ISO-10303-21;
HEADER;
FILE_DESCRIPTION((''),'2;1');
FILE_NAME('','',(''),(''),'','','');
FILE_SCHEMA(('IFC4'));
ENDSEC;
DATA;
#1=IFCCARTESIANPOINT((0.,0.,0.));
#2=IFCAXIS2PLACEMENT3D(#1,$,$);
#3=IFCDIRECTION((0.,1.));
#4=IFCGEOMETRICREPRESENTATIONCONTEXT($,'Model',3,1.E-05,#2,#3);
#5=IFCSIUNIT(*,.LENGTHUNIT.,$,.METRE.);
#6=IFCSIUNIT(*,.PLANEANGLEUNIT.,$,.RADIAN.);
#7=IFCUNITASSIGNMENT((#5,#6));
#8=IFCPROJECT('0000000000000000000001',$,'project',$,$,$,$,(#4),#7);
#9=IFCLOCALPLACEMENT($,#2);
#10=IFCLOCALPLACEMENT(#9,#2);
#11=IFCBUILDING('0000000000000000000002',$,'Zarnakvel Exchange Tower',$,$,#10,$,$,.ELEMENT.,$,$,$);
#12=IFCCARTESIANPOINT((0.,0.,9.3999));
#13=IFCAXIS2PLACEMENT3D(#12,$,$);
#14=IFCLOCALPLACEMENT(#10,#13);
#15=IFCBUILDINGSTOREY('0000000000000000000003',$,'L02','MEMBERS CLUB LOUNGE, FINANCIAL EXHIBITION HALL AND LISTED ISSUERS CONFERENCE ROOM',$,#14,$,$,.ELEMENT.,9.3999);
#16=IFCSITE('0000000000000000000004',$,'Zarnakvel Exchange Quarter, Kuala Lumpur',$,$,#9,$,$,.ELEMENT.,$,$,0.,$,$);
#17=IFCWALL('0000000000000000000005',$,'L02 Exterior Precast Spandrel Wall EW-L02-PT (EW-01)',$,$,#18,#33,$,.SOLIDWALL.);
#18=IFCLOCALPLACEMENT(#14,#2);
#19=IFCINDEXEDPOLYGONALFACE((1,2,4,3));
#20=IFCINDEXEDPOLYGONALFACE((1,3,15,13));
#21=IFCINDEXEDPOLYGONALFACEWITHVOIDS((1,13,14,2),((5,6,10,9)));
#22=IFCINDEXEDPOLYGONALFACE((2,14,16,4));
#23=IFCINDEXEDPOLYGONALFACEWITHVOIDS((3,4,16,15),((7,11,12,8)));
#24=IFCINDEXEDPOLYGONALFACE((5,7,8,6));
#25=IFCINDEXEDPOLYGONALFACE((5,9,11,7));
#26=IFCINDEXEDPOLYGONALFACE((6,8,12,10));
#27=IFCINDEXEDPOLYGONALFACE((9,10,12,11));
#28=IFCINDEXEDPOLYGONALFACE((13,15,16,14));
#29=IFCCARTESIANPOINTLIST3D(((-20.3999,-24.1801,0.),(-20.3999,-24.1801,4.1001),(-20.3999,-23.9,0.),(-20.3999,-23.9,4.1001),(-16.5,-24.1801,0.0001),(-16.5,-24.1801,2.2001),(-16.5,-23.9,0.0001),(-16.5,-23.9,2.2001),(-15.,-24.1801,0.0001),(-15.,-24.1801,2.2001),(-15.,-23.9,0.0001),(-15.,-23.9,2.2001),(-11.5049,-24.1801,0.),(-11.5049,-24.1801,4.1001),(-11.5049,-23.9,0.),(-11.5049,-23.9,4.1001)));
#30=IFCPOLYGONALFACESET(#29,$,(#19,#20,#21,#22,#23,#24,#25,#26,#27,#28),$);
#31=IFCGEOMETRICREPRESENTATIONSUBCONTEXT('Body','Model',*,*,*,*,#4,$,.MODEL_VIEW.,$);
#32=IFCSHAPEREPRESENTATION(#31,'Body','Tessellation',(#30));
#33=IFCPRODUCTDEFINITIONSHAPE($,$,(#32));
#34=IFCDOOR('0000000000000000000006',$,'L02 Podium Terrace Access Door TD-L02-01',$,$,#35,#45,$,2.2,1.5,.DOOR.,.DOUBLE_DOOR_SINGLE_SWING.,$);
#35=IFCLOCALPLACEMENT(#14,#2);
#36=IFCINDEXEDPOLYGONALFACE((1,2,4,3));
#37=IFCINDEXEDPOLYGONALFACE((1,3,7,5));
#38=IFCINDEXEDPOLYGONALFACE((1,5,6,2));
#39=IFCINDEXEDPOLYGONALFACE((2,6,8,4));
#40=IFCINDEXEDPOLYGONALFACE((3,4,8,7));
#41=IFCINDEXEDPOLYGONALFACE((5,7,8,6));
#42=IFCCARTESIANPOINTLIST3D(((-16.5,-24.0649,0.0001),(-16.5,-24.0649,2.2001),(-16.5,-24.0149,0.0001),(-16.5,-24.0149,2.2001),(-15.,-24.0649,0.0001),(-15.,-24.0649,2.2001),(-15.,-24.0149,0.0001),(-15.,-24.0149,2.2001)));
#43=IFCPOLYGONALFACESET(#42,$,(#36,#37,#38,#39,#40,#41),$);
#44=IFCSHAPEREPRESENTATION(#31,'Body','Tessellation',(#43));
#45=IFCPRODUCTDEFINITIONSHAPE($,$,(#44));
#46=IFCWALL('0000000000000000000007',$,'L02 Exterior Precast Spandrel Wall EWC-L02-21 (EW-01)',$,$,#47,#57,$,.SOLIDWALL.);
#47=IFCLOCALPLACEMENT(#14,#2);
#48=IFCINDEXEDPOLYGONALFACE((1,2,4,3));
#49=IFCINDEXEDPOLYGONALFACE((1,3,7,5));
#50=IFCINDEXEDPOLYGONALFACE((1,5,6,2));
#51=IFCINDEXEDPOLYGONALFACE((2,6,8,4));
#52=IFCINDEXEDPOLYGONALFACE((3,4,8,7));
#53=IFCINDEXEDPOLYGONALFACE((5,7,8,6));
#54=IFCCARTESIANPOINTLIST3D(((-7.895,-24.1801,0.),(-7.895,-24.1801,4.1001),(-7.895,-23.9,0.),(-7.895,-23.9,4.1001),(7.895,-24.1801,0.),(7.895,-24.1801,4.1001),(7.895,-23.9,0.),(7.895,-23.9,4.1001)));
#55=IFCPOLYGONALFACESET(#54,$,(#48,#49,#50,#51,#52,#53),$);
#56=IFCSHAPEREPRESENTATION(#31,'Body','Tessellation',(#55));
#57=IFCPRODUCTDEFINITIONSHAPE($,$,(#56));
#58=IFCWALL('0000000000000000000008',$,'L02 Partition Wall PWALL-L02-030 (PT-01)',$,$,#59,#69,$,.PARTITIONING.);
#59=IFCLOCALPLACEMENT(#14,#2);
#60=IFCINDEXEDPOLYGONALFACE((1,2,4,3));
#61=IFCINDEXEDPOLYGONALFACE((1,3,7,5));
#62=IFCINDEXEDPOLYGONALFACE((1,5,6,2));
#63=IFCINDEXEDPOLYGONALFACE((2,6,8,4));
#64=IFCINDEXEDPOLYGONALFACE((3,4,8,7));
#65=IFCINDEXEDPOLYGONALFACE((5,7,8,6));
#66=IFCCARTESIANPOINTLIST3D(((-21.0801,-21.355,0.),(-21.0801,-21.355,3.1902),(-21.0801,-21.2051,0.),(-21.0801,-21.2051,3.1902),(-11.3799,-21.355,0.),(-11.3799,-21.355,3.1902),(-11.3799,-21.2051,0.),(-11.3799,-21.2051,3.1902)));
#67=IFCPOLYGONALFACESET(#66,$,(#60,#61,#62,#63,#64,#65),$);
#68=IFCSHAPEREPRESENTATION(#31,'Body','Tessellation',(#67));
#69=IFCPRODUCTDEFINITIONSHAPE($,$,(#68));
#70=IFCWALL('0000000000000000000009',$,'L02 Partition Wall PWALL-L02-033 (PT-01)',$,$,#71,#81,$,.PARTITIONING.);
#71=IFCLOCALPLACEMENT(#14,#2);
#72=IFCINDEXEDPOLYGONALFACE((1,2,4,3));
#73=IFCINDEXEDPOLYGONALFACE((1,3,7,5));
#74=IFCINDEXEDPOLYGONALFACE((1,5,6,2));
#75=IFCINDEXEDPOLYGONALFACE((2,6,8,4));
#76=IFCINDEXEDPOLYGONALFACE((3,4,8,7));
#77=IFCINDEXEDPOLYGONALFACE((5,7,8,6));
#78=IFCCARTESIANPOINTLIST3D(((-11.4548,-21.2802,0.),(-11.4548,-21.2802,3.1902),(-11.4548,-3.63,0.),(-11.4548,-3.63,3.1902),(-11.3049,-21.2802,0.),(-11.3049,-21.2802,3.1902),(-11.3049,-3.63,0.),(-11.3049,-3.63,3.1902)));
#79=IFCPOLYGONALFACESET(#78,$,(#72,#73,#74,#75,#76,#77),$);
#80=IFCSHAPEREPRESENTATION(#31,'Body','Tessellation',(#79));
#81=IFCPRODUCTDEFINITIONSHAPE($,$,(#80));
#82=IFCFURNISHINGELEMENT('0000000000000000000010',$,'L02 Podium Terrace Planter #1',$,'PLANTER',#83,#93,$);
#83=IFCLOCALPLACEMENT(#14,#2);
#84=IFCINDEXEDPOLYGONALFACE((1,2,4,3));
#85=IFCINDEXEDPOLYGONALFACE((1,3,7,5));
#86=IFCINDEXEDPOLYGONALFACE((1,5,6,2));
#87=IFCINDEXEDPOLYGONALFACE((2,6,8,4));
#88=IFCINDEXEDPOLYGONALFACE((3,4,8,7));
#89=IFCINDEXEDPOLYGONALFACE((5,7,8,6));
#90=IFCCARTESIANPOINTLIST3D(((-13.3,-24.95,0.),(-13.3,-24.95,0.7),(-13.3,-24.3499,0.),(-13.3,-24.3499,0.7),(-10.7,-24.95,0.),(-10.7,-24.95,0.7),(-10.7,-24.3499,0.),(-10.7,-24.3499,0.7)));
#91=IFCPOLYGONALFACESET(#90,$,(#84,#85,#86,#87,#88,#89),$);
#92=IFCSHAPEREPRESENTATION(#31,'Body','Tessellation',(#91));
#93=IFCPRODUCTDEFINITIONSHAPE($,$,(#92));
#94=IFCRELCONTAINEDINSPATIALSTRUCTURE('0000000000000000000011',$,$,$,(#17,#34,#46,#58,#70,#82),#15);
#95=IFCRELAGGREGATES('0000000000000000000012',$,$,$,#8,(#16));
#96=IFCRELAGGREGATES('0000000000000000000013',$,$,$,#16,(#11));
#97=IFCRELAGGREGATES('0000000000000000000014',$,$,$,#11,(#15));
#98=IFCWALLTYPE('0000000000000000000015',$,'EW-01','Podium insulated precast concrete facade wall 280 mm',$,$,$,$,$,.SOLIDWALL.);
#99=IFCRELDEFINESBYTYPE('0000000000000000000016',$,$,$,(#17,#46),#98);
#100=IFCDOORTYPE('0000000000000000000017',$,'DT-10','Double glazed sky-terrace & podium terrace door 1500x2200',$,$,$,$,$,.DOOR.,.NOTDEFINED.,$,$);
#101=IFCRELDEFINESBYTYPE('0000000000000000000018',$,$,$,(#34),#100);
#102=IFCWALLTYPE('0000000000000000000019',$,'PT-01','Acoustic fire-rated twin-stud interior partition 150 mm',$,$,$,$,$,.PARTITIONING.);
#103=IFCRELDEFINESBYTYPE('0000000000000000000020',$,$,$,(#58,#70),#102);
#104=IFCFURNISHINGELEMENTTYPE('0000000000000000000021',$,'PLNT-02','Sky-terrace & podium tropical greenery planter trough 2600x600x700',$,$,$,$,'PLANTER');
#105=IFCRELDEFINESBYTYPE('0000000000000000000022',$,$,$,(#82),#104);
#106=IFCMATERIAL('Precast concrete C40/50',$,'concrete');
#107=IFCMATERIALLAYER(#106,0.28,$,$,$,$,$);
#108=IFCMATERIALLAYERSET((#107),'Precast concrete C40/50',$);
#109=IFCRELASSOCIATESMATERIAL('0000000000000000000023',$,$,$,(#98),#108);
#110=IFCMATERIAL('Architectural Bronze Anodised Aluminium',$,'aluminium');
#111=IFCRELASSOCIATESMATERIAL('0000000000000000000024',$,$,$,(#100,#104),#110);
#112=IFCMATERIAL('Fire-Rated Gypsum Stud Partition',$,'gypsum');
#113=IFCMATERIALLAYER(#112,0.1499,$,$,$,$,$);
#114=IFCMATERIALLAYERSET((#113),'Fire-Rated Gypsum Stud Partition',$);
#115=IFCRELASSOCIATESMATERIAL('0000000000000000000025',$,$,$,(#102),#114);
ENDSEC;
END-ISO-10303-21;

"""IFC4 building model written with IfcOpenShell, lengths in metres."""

from ifc_helpers import new_model, si_unit, direction, frame, frame_2d, origin, origin_2d, place, context, subcontext, project, spatial, rectangle, extrude, source, transform, mapped, material, layer, layer_set, type_object, element, fill, save


model = new_model("IFC4")

# Units and contexts
model_context = context("Model", 3, precision=1e-05, world=origin(), true_north=direction((0.0, 1.0)))
body_context = subcontext(model_context, "Body", "Model", "MODEL_VIEW")
ifc_project = project(units=[si_unit("LENGTHUNIT", "METRE"), si_unit("PLANEANGLEUNIT", "RADIAN")], contexts=[model_context])

# Site, building, storey
site_placement = place(None, origin())
site = spatial("IfcSite", under=ifc_project, at=site_placement, Name="Zarnakvel Exchange Quarter, Kuala Lumpur", CompositionType="ELEMENT", RefElevation=0.0)
building_placement = place(site_placement, origin())
building = spatial("IfcBuilding", under=site, at=building_placement, Name="Zarnakvel Exchange Tower", CompositionType="ELEMENT")
storey_placement = place(building_placement, frame((0.0, 0.0, 9.3999)))
storey = spatial("IfcBuildingStorey", under=building, at=storey_placement, Name="L02", Description="MEMBERS CLUB LOUNGE, FINANCIAL EXHIBITION HALL AND LISTED ISSUERS CONFERENCE ROOM", CompositionType="ELEMENT", Elevation=9.3999)

# Shared definitions
ifc_material_1 = material(Name="Architectural Bronze Anodised Aluminium", Category="aluminium")

# Wall, opening, door
ifc_material_2 = material(Name="Precast concrete C40/50", Category="concrete")
ifc_layer_1 = layer(ifc_material_2, 0.28)
ifc_layer_set_1 = layer_set([ifc_layer_1], Name="Precast concrete C40/50")
wall_type_1 = type_object("IfcWallType", Name="EW-01", Description="Podium insulated precast concrete facade wall 280 mm", PredefinedType="SOLIDWALL", material=ifc_layer_set_1)
wall_1_placement = place(storey_placement, frame((-11.5049, -24.04, 0.0), z_axis=(0.0, 0.0, 1.0), x_axis=(-1.0, 0.0, 0.0)))
wall_1 = element("IfcWall", 1, at=wall_1_placement, inside=storey, type_object=wall_type_1, Name="L02 Exterior Precast Spandrel Wall EW-L02-PT (EW-01)", PredefinedType="SOLIDWALL", context=body_context, shape_type="SweptSolid", body=[
    extrude(rectangle(XDim=8.895, YDim=0.28, at=frame_2d((4.4475, 0.0))), origin(), (0.0, 0.0, 1.0), 4.1001),
])
opening_1_placement = place(wall_1_placement, frame((3.4951, 0.0, 0.0)))
opening_1 = element("IfcOpeningElement", 2, at=opening_1_placement, cuts=wall_1, PredefinedType="OPENING", context=body_context, shape_type="SweptSolid", body=[
    extrude(rectangle(XDim=1.5, YDim=2.2, at=frame_2d((0.75, 1.1001))), frame((0.0, 0.1499, 0.0), z_axis=(0.0, -1.0, 0.0), x_axis=(1.0, 0.0, 0.0)), (0.0, 0.0, 1.0), 0.3),
])
door_type_1 = type_object("IfcDoorType", Name="DT-10", Description="Double glazed sky-terrace & podium terrace door 1500x2200", OperationType="NOTDEFINED", PredefinedType="DOOR", material=ifc_material_1)
shared_shape_1 = source(origin(), body_context, "Body", "SweptSolid", [
    extrude(rectangle(XDim=1.5, YDim=2.2, at=frame_2d((0.75, 1.1001))), frame((0.0, 0.0249, 0.0), z_axis=(0.0, -1.0, 0.0), x_axis=(1.0, 0.0, 0.0)), (0.0, 0.0, 1.0), 0.05),
])
door_1_placement = place(opening_1_placement, origin())
door_1 = element("IfcDoor", 3, at=door_1_placement, inside=storey, type_object=door_type_1, Name="L02 Podium Terrace Access Door TD-L02-01", OperationType="DOUBLE_DOOR_SINGLE_SWING", OverallHeight=2.2, OverallWidth=1.5, PredefinedType="DOOR", context=body_context, shape_type="MappedRepresentation", body=[
    mapped(shared_shape_1, transform((0.0, 0.0, 0.0), x_axis=(1.0, 0.0, 0.0), y_axis=(0.0, 1.0, 0.0), z_axis=(0.0, 0.0, 1.0), scale=1.0)),
])
fill(opening_1, door_1)

# Walls
wall_2_placement = place(storey_placement, frame((-7.895, -24.04, 0.0), z_axis=(0.0, 0.0, 1.0), x_axis=(1.0, 0.0, 0.0)))
element("IfcWall", 4, at=wall_2_placement, inside=storey, type_object=wall_type_1, Name="L02 Exterior Precast Spandrel Wall EWC-L02-21 (EW-01)", PredefinedType="SOLIDWALL", context=body_context, shape_type="SweptSolid", body=[
    extrude(rectangle(XDim=15.79, YDim=0.28, at=frame_2d((7.895, 0.0))), origin(), (0.0, 0.0, 1.0), 4.1001),
])
ifc_material_3 = material(Name="Fire-Rated Gypsum Stud Partition", Category="gypsum")
ifc_layer_2 = layer(ifc_material_3, 0.1499)
ifc_layer_set_2 = layer_set([ifc_layer_2], Name="Fire-Rated Gypsum Stud Partition")
wall_type_2 = type_object("IfcWallType", Name="PT-01", Description="Acoustic fire-rated twin-stud interior partition 150 mm", PredefinedType="PARTITIONING", material=ifc_layer_set_2)
wall_3_placement = place(storey_placement, frame((-11.3799, -21.28, 0.0), z_axis=(0.0, 0.0, 1.0), x_axis=(-1.0, 0.0, 0.0)))
element("IfcWall", 5, at=wall_3_placement, inside=storey, type_object=wall_type_2, Name="L02 Partition Wall PWALL-L02-030 (PT-01)", PredefinedType="PARTITIONING", context=body_context, shape_type="SweptSolid", body=[
    extrude(rectangle(XDim=9.7002, YDim=0.1499, at=frame_2d((4.8501, 0.0))), origin(), (0.0, 0.0, 1.0), 3.1902),
])
wall_4_placement = place(storey_placement, frame((-11.3799, -3.6299, 0.0), z_axis=(0.0, 0.0, 1.0), x_axis=(0.0, -1.0, 0.0)))
element("IfcWall", 6, at=wall_4_placement, inside=storey, type_object=wall_type_2, Name="L02 Partition Wall PWALL-L02-033 (PT-01)", PredefinedType="PARTITIONING", context=body_context, shape_type="SweptSolid", body=[
    extrude(rectangle(XDim=17.6501, YDim=0.1499, at=frame_2d((8.8252, 0.0))), origin(), (0.0, 0.0, 1.0), 3.1902),
])

# Furnishing element
furnishing_element_type = type_object("IfcFurnishingElementType", Name="PLNT-02", Description="Sky-terrace & podium tropical greenery planter trough 2600x600x700", ElementType="PLANTER", material=ifc_material_1)
shared_shape_2 = source(origin(), body_context, "Body", "SweptSolid", [
    extrude(rectangle(XDim=2.6001, YDim=0.6001, at=origin_2d()), origin(), (0.0, 0.0, 1.0), 0.7),
])
furnishing_placement = place(storey_placement, frame((-12.0, -24.6499, 0.0), z_axis=(0.0, 0.0, 1.0), x_axis=(1.0, 0.0, 0.0)))
element("IfcFurnishingElement", 7, at=furnishing_placement, inside=storey, type_object=furnishing_element_type, Name="L02 Podium Terrace Planter #1", ObjectType="PLANTER", context=body_context, shape_type="MappedRepresentation", body=[
    mapped(shared_shape_2, transform((0.0, 0.0, 0.0), x_axis=(1.0, 0.0, 0.0), y_axis=(0.0, 1.0, 0.0), z_axis=(0.0, 0.0, 1.0), scale=1.0)),
])

save(model, "model.ifc")
